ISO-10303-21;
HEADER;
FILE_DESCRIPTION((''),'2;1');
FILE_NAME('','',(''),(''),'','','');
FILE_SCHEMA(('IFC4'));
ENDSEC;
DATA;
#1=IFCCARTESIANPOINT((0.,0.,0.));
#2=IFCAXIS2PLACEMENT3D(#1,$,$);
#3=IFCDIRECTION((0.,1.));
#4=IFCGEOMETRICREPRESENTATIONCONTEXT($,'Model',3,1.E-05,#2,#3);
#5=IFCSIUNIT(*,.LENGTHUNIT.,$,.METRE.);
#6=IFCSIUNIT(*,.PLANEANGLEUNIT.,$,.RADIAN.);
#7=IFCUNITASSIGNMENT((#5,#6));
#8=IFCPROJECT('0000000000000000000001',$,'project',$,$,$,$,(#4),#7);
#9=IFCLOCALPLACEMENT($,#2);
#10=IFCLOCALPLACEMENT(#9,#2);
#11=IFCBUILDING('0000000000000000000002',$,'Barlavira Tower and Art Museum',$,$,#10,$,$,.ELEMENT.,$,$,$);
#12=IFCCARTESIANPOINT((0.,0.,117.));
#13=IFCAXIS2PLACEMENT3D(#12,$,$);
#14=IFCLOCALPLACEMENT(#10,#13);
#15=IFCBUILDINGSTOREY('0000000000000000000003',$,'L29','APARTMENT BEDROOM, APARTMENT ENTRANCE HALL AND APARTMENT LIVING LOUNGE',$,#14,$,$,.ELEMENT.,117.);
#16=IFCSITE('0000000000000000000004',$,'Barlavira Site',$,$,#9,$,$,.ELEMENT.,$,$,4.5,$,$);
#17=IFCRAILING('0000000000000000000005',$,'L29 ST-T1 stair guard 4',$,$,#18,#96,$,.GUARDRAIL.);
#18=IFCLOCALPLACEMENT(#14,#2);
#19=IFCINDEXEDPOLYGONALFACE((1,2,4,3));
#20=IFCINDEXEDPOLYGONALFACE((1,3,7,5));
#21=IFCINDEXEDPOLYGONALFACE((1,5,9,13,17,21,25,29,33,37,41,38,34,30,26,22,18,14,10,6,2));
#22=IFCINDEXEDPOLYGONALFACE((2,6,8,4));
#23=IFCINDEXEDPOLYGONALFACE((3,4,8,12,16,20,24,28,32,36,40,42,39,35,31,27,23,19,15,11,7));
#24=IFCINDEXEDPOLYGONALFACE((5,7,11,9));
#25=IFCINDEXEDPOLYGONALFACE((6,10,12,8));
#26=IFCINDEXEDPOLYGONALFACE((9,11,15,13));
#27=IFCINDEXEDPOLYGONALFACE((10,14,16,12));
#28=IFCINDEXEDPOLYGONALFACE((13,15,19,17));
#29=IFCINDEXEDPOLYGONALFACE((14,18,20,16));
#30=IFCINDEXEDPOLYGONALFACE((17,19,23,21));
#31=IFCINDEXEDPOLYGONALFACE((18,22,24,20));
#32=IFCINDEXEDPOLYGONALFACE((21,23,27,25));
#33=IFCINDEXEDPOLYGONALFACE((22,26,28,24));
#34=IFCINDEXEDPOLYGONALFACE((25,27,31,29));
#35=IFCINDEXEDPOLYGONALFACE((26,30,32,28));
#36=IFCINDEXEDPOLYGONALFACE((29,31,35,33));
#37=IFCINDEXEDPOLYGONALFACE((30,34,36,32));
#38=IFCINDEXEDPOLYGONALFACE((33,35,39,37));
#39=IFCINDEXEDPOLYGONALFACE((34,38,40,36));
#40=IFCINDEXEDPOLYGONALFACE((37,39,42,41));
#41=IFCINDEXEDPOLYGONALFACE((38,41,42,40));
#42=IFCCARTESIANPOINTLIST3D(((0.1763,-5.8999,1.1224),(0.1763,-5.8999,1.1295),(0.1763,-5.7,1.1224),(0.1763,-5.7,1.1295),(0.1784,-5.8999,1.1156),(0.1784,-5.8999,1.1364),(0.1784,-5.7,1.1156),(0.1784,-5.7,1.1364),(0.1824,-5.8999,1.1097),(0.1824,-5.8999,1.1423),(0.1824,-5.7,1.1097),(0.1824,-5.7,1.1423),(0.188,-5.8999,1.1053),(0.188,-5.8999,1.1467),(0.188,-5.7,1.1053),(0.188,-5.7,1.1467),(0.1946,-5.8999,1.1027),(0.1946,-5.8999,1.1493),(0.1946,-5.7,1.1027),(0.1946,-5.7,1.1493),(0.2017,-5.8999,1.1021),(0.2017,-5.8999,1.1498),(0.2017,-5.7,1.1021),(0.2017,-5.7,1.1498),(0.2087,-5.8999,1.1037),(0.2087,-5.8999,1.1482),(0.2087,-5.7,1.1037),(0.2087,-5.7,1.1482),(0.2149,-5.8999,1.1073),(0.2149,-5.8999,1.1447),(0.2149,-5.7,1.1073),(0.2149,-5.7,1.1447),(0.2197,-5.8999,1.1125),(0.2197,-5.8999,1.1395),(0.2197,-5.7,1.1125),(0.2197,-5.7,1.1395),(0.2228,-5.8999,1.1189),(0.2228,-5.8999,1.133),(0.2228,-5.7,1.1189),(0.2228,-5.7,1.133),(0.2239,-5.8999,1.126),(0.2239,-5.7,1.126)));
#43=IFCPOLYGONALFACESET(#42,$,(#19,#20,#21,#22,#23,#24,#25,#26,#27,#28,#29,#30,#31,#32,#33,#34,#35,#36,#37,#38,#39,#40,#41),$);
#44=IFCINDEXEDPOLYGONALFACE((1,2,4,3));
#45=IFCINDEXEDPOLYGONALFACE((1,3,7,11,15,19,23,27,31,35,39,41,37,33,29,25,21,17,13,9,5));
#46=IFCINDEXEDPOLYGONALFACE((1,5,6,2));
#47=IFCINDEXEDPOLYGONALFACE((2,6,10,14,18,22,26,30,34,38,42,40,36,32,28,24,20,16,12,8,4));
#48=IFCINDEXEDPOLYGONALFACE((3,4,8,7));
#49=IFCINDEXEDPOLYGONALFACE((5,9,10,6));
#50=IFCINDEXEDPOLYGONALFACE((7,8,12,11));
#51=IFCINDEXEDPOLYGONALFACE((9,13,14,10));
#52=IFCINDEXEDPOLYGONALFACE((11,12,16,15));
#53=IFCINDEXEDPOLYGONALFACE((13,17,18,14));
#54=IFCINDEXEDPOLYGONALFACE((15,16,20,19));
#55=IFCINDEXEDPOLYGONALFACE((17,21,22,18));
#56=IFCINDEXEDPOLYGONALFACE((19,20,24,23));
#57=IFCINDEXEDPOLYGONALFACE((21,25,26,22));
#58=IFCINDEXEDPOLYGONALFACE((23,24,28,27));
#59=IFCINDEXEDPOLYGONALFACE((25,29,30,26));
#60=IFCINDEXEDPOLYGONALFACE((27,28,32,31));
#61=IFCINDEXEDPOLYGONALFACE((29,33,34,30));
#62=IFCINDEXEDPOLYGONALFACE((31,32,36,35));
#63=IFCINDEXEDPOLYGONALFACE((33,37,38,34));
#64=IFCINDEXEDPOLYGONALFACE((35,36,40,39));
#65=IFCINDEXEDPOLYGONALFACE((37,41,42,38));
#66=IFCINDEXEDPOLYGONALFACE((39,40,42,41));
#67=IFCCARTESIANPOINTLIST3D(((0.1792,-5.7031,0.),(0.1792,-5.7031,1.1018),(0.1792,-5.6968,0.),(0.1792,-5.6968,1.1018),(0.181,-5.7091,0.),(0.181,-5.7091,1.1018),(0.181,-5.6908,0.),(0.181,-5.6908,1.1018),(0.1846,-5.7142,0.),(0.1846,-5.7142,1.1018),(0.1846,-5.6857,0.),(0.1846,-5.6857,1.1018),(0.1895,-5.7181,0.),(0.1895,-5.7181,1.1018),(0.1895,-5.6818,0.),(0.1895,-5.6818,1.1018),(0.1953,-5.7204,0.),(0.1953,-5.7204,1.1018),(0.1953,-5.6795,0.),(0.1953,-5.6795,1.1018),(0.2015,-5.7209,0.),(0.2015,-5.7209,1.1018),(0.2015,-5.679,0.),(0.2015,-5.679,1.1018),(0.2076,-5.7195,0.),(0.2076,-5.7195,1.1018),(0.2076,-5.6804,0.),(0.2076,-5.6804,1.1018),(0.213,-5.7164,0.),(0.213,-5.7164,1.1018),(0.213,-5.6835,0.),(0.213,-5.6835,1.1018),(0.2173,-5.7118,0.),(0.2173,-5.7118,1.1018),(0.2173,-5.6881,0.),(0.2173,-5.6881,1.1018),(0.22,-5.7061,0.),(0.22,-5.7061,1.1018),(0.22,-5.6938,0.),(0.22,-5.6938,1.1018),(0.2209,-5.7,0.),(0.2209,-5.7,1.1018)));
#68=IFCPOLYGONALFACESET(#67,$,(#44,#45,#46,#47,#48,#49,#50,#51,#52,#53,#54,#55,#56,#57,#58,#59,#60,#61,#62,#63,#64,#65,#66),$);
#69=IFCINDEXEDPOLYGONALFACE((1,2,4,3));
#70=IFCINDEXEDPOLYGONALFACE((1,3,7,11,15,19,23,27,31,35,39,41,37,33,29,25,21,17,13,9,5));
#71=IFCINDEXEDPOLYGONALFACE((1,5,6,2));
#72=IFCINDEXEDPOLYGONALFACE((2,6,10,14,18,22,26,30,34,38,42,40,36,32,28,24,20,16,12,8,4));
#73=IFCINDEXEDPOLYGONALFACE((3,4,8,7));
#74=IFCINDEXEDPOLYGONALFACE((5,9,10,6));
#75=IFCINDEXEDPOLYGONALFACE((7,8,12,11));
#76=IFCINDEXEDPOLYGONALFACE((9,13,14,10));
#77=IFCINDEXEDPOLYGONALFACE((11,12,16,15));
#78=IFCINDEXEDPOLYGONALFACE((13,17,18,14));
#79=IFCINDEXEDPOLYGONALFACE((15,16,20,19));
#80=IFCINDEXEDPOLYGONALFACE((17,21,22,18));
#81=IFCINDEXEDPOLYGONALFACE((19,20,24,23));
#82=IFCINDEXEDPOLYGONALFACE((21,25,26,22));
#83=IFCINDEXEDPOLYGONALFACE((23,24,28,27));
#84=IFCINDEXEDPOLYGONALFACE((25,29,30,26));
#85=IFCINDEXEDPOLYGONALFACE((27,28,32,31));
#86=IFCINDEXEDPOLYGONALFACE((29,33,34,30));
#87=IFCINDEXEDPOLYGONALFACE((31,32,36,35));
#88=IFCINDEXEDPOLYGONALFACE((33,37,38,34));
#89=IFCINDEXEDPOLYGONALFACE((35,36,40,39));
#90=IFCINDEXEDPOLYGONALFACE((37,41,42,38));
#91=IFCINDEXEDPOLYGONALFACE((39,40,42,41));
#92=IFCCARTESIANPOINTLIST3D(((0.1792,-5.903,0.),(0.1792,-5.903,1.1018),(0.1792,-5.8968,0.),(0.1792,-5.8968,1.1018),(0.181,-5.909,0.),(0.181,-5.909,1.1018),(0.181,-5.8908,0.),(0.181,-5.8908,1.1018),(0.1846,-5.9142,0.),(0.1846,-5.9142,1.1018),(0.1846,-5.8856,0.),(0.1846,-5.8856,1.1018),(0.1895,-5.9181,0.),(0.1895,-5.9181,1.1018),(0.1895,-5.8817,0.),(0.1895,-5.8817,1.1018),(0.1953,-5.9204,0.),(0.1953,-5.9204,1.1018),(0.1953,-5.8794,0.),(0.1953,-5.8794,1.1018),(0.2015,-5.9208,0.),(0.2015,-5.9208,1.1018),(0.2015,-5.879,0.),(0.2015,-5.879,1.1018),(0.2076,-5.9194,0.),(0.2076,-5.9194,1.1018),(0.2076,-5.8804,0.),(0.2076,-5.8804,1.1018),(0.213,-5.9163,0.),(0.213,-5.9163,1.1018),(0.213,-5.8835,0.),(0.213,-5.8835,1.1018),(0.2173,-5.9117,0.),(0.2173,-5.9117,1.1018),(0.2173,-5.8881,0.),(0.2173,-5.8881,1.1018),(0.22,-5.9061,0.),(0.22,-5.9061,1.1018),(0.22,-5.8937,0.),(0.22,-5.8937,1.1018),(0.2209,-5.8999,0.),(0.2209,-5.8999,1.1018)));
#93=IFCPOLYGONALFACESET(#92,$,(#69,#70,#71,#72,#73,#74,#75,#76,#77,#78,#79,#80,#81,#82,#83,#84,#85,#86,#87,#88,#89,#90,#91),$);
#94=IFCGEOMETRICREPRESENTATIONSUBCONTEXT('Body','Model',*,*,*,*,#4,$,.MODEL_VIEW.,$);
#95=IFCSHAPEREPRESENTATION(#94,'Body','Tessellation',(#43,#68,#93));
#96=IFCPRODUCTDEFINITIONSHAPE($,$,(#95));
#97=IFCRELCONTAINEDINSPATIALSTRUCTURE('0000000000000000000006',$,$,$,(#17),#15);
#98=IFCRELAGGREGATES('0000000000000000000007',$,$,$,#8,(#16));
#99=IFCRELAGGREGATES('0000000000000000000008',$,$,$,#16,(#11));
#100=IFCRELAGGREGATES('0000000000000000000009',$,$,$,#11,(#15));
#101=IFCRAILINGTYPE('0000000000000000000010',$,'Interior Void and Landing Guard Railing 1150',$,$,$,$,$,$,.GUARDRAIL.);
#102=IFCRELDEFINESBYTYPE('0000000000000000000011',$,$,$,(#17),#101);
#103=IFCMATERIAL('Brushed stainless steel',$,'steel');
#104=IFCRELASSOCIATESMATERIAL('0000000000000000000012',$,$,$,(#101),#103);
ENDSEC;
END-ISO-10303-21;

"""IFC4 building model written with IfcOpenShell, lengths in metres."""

from ifc_helpers import new_model, si_unit, direction, frame, origin, origin_2d, place, context, subcontext, project, spatial, circle, extrude, material, type_object, element, save


model = new_model("IFC4")

# Units and contexts
model_context = context("Model", 3, precision=1e-05, world=origin(), true_north=direction((0.0, 1.0)))
body_context = subcontext(model_context, "Body", "Model", "MODEL_VIEW")
ifc_project = project(units=[si_unit("LENGTHUNIT", "METRE"), si_unit("PLANEANGLEUNIT", "RADIAN")], contexts=[model_context])

# Site, building, storey
site_placement = place(None, origin())
site = spatial("IfcSite", under=ifc_project, at=site_placement, Name="Barlavira Site", CompositionType="ELEMENT", RefElevation=4.5)
building_placement = place(site_placement, origin())
building = spatial("IfcBuilding", under=site, at=building_placement, Name="Barlavira Tower and Art Museum", CompositionType="ELEMENT")
storey_placement = place(building_placement, frame((0.0, 0.0, 117.0)))
storey = spatial("IfcBuildingStorey", under=building, at=storey_placement, Name="L29", Description="APARTMENT BEDROOM, APARTMENT ENTRANCE HALL AND APARTMENT LIVING LOUNGE", CompositionType="ELEMENT", Elevation=117.0)

# Shared definitions
ifc_material_1 = material(Name="Brushed stainless steel", Category="steel")

# Railing
railing_type_1 = type_object("IfcRailingType", Name="Interior Void and Landing Guard Railing 1150", PredefinedType="GUARDRAIL", material=ifc_material_1)
railing_1_placement = place(storey_placement, frame((0.2, -5.7, 0.0)))
element("IfcRailing", 1, at=railing_1_placement, inside=storey, type_object=railing_type_1, Name="L29 ST-T1 stair guard 4", PredefinedType="GUARDRAIL", context=body_context, shape_type="SweptSolid", body=[
    extrude(circle(Radius=0.0239, at=origin_2d()), frame((0.0, 0.0, 1.126), z_axis=(0.0, -1.0, 0.0), x_axis=(1.0, 0.0, 0.0)), (0.0, 0.0, 1.0), 0.2),
    extrude(circle(Radius=0.021, at=origin_2d()), origin(), (0.0, 0.0, 1.0), 1.1018),
    extrude(circle(Radius=0.021, at=origin_2d()), frame((0.0, -0.2, 0.0)), (0.0, 0.0, 1.0), 1.1018),
])

save(model, "model.ifc")
